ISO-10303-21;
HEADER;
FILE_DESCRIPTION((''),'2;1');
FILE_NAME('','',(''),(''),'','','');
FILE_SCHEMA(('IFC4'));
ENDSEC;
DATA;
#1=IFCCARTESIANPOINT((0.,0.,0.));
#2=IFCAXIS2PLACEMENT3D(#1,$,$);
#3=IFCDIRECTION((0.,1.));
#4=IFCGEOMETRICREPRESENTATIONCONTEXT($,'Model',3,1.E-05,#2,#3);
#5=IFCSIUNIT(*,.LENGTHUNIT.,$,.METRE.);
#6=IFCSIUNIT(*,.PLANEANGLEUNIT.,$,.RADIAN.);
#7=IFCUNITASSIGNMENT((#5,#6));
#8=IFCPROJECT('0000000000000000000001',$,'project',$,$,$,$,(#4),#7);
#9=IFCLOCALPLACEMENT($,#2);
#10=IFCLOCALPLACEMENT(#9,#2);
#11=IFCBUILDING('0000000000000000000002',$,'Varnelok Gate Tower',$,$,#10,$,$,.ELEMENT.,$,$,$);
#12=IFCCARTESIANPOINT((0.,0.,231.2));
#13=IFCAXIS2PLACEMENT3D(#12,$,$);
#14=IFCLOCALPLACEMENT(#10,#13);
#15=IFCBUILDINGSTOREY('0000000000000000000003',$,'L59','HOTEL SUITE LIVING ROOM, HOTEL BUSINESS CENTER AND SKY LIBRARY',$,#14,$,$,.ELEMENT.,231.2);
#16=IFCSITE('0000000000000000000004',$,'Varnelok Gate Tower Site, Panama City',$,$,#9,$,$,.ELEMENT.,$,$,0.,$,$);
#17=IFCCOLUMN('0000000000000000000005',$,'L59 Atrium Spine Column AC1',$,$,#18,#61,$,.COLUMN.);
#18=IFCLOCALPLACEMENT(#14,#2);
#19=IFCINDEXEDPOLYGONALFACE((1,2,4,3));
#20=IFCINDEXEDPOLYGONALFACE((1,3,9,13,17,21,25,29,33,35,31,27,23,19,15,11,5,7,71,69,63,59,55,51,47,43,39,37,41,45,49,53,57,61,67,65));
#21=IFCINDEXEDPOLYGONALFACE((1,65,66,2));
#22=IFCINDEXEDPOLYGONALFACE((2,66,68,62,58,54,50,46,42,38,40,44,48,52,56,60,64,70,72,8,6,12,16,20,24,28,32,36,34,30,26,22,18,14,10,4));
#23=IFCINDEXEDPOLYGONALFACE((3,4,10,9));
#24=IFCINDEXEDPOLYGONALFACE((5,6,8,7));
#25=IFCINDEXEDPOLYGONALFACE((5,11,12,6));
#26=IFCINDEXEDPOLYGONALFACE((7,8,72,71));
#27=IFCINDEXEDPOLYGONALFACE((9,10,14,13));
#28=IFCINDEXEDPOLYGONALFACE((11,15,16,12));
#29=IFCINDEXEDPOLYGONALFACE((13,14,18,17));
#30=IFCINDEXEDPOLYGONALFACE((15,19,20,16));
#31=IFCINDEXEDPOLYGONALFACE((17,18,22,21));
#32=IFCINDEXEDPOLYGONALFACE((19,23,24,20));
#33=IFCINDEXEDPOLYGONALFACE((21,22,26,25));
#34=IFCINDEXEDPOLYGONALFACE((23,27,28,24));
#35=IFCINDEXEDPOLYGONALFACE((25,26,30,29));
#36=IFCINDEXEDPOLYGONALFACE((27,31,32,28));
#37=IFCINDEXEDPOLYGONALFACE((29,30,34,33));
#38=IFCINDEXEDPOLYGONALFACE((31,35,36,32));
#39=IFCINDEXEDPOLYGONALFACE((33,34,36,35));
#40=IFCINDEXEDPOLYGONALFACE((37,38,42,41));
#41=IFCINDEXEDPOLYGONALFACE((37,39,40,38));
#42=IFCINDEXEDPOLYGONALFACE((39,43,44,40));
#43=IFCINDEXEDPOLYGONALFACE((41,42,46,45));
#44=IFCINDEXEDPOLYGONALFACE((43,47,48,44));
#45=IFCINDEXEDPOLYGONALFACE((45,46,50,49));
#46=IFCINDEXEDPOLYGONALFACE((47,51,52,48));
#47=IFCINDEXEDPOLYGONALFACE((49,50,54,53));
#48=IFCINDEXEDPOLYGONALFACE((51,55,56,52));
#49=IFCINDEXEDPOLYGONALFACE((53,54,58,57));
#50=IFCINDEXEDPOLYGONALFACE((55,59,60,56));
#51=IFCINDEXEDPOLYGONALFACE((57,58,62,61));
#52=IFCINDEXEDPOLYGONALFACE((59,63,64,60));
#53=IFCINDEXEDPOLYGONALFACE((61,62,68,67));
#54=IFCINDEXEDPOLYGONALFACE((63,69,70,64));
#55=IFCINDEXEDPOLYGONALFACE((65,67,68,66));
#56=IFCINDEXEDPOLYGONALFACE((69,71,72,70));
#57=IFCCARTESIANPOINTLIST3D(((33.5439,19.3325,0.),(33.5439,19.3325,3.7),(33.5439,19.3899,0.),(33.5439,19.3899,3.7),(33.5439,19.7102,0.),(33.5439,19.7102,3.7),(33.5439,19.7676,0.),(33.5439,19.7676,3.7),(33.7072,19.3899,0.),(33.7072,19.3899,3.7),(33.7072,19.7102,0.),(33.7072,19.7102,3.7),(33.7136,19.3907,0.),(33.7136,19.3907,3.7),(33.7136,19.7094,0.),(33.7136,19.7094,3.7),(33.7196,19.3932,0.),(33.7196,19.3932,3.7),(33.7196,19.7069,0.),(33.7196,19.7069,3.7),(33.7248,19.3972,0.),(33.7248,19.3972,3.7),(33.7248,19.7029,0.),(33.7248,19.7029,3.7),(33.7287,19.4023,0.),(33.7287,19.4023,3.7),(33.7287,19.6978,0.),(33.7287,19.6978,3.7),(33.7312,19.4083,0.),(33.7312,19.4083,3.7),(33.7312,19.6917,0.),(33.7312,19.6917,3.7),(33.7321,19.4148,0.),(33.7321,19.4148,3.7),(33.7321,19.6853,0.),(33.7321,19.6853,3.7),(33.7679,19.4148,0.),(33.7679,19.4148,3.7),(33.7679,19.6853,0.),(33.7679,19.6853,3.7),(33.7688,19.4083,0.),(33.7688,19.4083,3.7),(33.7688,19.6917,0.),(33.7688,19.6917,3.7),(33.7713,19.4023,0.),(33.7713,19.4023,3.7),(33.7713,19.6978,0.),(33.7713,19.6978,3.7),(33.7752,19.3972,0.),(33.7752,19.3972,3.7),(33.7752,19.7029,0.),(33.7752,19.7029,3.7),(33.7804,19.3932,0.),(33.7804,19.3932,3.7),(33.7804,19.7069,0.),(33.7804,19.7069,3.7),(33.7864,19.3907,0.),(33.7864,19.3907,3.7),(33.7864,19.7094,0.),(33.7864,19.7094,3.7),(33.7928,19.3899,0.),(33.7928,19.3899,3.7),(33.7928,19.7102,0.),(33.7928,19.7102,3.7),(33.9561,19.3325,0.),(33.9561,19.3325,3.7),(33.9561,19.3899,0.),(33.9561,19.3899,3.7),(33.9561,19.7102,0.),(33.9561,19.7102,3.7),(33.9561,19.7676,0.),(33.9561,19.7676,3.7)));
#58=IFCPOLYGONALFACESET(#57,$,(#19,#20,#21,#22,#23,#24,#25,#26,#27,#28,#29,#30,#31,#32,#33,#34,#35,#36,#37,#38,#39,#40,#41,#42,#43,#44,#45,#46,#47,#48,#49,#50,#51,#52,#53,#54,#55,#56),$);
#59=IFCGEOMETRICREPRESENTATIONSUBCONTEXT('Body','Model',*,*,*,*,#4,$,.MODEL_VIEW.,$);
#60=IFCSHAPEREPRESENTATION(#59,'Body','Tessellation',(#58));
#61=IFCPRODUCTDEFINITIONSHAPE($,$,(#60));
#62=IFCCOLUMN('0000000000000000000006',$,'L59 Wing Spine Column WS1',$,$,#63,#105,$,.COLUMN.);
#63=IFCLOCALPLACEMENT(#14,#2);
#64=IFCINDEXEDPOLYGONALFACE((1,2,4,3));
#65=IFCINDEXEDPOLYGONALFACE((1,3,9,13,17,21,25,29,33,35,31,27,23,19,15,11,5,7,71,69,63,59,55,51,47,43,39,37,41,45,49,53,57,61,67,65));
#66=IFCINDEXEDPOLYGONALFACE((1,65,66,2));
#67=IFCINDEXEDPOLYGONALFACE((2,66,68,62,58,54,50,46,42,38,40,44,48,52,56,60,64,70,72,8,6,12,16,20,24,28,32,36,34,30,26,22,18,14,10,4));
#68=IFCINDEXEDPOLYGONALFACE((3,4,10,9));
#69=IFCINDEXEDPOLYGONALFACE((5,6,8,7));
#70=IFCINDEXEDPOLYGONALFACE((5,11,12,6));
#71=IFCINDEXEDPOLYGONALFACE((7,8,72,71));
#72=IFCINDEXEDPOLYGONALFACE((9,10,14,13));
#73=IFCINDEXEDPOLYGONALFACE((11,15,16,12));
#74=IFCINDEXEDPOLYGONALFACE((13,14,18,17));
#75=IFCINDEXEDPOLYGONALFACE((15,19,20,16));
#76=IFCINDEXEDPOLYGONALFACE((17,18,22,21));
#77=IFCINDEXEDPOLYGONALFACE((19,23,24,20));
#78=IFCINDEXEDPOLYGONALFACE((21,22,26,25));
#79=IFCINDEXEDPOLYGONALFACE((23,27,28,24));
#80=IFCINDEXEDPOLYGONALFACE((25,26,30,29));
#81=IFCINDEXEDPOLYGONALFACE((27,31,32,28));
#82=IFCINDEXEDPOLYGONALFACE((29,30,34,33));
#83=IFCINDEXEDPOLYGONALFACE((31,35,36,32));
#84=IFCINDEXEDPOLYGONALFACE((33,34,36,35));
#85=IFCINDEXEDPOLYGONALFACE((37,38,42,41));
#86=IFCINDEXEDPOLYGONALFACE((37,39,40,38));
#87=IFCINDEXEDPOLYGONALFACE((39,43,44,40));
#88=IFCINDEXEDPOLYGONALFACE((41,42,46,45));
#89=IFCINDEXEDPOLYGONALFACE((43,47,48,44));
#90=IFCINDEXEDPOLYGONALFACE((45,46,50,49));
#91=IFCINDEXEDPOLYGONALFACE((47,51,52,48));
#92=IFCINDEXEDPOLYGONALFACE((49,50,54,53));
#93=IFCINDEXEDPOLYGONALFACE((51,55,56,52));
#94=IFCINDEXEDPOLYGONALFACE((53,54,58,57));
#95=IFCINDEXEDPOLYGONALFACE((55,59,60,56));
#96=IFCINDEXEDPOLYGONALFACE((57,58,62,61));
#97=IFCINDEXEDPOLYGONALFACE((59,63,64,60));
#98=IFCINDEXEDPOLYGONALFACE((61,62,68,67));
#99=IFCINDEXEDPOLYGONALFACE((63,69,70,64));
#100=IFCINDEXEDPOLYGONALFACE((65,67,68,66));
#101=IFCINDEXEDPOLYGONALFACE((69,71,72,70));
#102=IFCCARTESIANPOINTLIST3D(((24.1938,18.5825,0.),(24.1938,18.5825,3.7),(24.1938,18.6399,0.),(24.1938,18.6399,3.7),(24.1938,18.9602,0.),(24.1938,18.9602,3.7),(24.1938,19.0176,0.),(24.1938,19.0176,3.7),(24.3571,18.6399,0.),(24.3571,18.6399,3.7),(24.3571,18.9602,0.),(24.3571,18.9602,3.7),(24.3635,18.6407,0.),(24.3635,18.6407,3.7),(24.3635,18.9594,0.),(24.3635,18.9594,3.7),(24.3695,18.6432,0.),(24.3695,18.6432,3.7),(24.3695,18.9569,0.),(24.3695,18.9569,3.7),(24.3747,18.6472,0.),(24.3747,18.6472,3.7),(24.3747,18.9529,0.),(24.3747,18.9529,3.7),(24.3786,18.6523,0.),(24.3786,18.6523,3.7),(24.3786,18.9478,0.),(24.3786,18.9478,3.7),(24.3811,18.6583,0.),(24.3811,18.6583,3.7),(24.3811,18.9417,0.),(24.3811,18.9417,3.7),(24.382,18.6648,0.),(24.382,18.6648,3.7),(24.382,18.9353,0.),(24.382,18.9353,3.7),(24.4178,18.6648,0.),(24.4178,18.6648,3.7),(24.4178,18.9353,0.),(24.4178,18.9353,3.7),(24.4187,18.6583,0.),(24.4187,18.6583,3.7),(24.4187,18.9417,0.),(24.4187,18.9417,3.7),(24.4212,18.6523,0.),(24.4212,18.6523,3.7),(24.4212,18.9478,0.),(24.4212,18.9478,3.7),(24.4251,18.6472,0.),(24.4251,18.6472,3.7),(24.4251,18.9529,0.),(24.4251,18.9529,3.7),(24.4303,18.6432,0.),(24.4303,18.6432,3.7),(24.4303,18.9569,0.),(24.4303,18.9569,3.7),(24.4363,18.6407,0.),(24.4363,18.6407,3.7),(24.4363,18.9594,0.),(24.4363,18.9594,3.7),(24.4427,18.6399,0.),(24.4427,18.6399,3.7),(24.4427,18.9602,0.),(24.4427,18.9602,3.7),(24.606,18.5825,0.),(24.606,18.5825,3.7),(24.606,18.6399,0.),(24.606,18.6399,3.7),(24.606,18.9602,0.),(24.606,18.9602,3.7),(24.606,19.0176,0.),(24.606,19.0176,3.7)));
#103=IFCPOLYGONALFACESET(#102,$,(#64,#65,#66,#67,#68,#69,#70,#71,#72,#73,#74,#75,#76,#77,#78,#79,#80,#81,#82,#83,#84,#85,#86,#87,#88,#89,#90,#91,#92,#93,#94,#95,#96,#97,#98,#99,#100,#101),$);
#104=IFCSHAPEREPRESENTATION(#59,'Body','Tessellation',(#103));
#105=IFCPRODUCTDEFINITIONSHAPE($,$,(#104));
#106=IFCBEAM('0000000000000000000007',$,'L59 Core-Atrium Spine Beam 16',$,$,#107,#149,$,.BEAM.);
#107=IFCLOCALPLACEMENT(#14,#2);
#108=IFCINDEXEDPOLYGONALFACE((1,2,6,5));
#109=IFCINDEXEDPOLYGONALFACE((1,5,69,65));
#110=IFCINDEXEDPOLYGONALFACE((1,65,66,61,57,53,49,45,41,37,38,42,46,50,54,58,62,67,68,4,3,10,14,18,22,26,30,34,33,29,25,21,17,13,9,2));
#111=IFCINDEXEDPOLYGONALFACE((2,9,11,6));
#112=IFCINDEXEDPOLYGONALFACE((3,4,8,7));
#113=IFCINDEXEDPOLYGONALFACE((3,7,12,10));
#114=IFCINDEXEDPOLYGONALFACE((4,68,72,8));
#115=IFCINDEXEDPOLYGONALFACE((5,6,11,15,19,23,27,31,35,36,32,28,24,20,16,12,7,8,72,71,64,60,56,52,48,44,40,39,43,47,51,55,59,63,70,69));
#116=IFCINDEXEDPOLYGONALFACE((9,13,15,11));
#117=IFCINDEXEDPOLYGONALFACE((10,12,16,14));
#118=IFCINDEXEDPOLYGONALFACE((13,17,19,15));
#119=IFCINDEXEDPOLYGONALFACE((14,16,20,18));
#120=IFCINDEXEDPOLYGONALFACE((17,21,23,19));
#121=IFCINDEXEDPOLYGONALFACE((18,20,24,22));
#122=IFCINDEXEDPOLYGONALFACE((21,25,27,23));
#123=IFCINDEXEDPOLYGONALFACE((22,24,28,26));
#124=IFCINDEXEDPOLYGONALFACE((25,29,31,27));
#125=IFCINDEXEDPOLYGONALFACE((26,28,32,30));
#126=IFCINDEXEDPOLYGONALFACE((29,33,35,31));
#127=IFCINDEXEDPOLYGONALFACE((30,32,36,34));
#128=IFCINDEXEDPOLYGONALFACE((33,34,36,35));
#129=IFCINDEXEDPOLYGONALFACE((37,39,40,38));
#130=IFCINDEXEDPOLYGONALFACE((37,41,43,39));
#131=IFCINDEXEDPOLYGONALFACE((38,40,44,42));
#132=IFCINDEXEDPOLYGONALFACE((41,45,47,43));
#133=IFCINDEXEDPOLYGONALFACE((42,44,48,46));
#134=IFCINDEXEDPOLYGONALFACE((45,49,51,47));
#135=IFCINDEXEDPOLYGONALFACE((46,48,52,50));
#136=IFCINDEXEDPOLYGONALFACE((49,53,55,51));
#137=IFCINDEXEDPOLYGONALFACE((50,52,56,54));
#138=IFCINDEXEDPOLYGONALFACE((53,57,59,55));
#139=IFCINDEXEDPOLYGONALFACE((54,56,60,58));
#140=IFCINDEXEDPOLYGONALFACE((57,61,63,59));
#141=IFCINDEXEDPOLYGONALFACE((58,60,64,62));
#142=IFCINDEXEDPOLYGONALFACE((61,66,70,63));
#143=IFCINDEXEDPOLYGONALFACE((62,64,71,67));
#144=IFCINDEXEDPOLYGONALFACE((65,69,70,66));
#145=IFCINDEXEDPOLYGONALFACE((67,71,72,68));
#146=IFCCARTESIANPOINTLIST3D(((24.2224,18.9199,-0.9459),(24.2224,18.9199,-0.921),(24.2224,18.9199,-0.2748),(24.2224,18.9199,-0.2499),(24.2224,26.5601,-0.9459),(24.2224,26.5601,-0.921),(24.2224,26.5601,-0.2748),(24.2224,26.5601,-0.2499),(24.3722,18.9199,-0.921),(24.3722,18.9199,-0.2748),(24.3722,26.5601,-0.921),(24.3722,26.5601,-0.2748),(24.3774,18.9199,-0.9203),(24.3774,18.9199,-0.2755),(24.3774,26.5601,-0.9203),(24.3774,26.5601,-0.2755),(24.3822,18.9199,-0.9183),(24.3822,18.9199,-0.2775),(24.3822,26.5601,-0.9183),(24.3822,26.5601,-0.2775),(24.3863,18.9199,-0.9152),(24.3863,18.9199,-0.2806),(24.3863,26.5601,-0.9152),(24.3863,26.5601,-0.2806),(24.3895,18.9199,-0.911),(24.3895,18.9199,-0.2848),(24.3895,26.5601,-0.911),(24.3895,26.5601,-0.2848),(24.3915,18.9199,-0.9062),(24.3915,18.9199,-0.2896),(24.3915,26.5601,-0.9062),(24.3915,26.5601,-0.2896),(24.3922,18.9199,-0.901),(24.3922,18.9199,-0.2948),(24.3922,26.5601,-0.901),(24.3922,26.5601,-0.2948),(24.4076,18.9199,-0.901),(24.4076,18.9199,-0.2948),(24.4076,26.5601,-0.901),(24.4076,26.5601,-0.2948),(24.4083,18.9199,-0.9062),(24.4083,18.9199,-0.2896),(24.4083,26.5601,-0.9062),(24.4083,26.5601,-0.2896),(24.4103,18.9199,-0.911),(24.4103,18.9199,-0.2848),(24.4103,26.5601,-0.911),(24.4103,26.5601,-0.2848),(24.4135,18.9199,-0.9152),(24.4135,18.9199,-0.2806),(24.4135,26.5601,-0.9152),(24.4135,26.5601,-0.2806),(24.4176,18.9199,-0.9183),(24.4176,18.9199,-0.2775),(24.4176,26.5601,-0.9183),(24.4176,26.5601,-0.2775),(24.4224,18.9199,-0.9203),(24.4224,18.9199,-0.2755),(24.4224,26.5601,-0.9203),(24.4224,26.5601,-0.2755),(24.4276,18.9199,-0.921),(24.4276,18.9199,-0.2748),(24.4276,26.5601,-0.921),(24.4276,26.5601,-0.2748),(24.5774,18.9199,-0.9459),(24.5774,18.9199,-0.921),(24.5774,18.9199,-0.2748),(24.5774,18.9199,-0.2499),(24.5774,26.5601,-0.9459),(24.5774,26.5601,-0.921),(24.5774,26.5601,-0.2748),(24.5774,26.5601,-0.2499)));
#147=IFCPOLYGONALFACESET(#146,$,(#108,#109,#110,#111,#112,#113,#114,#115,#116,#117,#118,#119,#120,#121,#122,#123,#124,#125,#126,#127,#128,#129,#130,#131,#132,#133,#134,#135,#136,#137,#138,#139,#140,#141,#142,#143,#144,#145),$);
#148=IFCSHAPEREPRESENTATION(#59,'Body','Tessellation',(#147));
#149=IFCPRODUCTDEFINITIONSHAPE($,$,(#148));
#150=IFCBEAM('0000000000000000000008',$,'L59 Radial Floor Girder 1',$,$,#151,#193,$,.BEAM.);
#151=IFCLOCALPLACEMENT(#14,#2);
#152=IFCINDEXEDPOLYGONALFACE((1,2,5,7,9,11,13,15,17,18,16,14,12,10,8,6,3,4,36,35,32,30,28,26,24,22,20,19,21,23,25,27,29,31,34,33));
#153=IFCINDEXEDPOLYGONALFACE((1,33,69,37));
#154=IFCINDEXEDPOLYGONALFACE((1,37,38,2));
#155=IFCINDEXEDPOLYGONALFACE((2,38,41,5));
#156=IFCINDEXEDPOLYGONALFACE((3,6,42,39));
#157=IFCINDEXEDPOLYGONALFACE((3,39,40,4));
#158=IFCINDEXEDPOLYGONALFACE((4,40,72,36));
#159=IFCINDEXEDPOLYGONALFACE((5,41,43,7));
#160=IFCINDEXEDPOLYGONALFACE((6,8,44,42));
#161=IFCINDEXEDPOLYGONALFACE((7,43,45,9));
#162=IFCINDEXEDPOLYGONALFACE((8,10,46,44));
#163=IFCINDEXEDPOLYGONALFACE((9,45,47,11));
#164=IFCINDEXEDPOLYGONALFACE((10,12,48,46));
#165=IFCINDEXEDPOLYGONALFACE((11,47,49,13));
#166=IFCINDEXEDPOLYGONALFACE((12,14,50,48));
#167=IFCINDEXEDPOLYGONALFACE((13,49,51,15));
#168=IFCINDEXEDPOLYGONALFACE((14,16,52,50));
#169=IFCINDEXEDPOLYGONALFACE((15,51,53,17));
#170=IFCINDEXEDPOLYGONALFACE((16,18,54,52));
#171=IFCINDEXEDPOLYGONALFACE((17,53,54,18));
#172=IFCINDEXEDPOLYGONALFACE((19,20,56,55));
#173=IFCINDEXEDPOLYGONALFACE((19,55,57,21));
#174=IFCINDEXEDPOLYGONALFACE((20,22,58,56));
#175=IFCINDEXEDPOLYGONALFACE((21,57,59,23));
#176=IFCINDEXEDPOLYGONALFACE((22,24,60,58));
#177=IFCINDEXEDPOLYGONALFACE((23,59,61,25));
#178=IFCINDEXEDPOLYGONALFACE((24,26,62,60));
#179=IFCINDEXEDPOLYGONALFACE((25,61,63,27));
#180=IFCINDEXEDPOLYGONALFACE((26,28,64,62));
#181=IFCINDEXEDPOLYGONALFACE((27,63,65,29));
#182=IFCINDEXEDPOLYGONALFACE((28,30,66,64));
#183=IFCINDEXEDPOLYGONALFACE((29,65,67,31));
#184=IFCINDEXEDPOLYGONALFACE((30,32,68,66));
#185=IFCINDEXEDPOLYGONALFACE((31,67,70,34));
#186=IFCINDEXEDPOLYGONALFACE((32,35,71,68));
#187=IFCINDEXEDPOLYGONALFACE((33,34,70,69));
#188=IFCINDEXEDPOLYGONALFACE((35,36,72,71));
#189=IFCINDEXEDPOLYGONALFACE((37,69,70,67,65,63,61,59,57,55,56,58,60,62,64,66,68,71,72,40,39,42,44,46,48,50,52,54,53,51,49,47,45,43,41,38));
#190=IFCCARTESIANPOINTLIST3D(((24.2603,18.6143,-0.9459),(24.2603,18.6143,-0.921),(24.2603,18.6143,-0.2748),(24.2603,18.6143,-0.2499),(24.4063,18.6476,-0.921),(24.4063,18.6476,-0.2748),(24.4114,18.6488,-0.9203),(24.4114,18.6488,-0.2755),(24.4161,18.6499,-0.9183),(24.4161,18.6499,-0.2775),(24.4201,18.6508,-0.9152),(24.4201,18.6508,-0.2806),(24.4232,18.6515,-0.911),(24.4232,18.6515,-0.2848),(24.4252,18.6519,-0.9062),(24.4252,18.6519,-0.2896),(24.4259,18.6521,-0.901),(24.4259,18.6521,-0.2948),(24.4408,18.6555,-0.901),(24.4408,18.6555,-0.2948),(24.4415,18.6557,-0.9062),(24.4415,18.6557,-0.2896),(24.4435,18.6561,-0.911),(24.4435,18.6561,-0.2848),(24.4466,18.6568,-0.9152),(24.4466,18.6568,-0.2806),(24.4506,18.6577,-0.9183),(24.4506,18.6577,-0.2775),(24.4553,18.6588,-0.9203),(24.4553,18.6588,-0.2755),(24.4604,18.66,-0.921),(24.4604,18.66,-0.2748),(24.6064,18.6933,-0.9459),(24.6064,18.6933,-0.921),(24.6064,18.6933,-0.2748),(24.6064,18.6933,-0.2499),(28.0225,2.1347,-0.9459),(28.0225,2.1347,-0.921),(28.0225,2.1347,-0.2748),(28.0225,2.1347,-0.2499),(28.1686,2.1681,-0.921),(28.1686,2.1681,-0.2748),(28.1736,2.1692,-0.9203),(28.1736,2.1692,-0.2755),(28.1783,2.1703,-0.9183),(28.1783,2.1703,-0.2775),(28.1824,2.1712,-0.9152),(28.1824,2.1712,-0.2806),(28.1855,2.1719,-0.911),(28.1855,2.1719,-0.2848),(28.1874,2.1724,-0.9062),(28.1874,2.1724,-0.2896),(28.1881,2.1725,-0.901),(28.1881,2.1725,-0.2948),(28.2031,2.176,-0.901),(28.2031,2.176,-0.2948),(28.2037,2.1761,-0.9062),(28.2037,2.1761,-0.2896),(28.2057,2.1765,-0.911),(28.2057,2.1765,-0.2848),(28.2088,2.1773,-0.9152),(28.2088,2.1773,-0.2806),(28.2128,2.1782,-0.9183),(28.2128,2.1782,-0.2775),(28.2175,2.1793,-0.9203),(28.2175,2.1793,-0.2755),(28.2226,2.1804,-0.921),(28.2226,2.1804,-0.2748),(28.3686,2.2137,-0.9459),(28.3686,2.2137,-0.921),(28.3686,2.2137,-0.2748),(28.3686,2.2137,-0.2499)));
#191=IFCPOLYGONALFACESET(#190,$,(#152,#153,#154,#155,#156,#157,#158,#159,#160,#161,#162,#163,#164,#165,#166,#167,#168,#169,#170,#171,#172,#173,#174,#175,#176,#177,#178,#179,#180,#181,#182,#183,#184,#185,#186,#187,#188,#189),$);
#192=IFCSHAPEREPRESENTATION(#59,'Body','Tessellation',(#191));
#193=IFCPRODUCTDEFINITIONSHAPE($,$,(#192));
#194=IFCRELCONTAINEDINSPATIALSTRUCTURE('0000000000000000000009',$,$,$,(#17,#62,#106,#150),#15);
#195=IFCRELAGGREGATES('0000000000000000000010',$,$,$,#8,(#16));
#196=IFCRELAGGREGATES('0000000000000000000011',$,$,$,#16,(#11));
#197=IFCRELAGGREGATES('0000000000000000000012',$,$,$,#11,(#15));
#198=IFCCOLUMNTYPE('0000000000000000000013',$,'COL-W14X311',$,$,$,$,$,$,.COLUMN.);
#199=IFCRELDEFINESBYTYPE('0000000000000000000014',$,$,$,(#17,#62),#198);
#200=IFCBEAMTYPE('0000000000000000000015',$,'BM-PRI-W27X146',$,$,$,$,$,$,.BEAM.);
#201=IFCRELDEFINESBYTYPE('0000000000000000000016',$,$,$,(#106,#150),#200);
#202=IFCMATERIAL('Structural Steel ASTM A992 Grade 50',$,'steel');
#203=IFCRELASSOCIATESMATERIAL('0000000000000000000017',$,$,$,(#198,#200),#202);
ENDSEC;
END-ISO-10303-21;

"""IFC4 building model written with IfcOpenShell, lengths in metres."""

from ifc_helpers import new_model, si_unit, direction, frame, origin, origin_2d, place, context, subcontext, project, spatial, i_section, extrude, material, material_profile, profile_set, type_object, element, save


model = new_model("IFC4")

# Units and contexts
model_context = context("Model", 3, precision=1e-05, world=origin(), true_north=direction((0.0, 1.0)))
body_context = subcontext(model_context, "Body", "Model", "MODEL_VIEW")
ifc_project = project(units=[si_unit("LENGTHUNIT", "METRE"), si_unit("PLANEANGLEUNIT", "RADIAN")], contexts=[model_context])

# Site, building, storey
site_placement = place(None, origin())
site = spatial("IfcSite", under=ifc_project, at=site_placement, Name="Varnelok Gate Tower Site, Panama City", CompositionType="ELEMENT", RefElevation=0.0)
building_placement = place(site_placement, origin())
building = spatial("IfcBuilding", under=site, at=building_placement, Name="Varnelok Gate Tower", CompositionType="ELEMENT")
storey_placement = place(building_placement, frame((0.0, 0.0, 231.2)))
storey = spatial("IfcBuildingStorey", under=building, at=storey_placement, Name="L59", Description="HOTEL SUITE LIVING ROOM, HOTEL BUSINESS CENTER AND SKY LIBRARY", CompositionType="ELEMENT", Elevation=231.2)

# Columns
ifc_material_1 = material(Name="Structural Steel ASTM A992 Grade 50", Category="steel")
ifc_material_profile_1 = material_profile(ifc_material_1, i_section(OverallWidth=0.4121, OverallDepth=0.4351, WebThickness=0.0359, FlangeThickness=0.0574, FilletRadius=0.0249, at=origin_2d()), Name="W14X311")
ifc_profile_set_1 = profile_set([ifc_material_profile_1], Name="Structural Steel ASTM A992 Grade 50")
column_type = type_object("IfcColumnType", Name="COL-W14X311", PredefinedType="COLUMN", material=ifc_profile_set_1)
for number, where, z_axis, x_axis, name in (
    (1, (33.75, 19.55, 0.0), (0.0, 0.0, 1.0), (1.0, 0.0, 0.0), "L59 Atrium Spine Column AC1"),
    (2, (24.3999, 18.8, 0.0), (0.0, 0.0, 1.0), (1.0, 0.0, 0.0), "L59 Wing Spine Column WS1"),
):
    element("IfcColumn", number, at=place(storey_placement, frame(where, z_axis=z_axis, x_axis=x_axis)), inside=storey, type_object=column_type, Name=name, PredefinedType="COLUMN", context=body_context, shape_type="SweptSolid", body=[
        extrude(i_section(OverallWidth=0.4121, OverallDepth=0.4351, WebThickness=0.0359, FlangeThickness=0.0574, FilletRadius=0.0249, at=origin_2d()), origin(), (0.0, 0.0, 1.0), 3.7),
    ])

# Beams
ifc_material_profile_2 = material_profile(ifc_material_1, i_section(OverallWidth=0.355, OverallDepth=0.696, WebThickness=0.0154, FlangeThickness=0.0249, FilletRadius=0.02, at=origin_2d()), Name="W27X146")
ifc_profile_set_2 = profile_set([ifc_material_profile_2], Name="Structural Steel ASTM A992 Grade 50")
beam_type_1 = type_object("IfcBeamType", Name="BM-PRI-W27X146", PredefinedType="BEAM", material=ifc_profile_set_2)
beam_1_placement = place(storey_placement, frame((24.3999, 18.9199, -0.5979), z_axis=(0.0, 1.0, 0.0), x_axis=(-1.0, 0.0, 0.0)))
element("IfcBeam", 3, at=beam_1_placement, inside=storey, type_object=beam_type_1, Name="L59 Core-Atrium Spine Beam 16", PredefinedType="BEAM", context=body_context, shape_type="SweptSolid", body=[
    extrude(i_section(OverallWidth=0.355, OverallDepth=0.696, WebThickness=0.0154, FlangeThickness=0.0249, FilletRadius=0.02, at=origin_2d()), origin(), (0.0, 0.0, 1.0), 7.6401),
])
beam_2_placement = place(storey_placement, frame((24.4333, 18.6538, -0.5979), z_axis=(0.22257, -0.974917, 0.0), x_axis=(0.974917, 0.22257, 0.0)))
element("IfcBeam", 4, at=beam_2_placement, inside=storey, type_object=beam_type_1, Name="L59 Radial Floor Girder 1", PredefinedType="BEAM", context=body_context, shape_type="SweptSolid", body=[
    extrude(i_section(OverallWidth=0.355, OverallDepth=0.696, WebThickness=0.0154, FlangeThickness=0.0249, FilletRadius=0.02, at=origin_2d()), origin(), (0.0, 0.0, 1.0), 16.9036),
])

save(model, "model.ifc")
